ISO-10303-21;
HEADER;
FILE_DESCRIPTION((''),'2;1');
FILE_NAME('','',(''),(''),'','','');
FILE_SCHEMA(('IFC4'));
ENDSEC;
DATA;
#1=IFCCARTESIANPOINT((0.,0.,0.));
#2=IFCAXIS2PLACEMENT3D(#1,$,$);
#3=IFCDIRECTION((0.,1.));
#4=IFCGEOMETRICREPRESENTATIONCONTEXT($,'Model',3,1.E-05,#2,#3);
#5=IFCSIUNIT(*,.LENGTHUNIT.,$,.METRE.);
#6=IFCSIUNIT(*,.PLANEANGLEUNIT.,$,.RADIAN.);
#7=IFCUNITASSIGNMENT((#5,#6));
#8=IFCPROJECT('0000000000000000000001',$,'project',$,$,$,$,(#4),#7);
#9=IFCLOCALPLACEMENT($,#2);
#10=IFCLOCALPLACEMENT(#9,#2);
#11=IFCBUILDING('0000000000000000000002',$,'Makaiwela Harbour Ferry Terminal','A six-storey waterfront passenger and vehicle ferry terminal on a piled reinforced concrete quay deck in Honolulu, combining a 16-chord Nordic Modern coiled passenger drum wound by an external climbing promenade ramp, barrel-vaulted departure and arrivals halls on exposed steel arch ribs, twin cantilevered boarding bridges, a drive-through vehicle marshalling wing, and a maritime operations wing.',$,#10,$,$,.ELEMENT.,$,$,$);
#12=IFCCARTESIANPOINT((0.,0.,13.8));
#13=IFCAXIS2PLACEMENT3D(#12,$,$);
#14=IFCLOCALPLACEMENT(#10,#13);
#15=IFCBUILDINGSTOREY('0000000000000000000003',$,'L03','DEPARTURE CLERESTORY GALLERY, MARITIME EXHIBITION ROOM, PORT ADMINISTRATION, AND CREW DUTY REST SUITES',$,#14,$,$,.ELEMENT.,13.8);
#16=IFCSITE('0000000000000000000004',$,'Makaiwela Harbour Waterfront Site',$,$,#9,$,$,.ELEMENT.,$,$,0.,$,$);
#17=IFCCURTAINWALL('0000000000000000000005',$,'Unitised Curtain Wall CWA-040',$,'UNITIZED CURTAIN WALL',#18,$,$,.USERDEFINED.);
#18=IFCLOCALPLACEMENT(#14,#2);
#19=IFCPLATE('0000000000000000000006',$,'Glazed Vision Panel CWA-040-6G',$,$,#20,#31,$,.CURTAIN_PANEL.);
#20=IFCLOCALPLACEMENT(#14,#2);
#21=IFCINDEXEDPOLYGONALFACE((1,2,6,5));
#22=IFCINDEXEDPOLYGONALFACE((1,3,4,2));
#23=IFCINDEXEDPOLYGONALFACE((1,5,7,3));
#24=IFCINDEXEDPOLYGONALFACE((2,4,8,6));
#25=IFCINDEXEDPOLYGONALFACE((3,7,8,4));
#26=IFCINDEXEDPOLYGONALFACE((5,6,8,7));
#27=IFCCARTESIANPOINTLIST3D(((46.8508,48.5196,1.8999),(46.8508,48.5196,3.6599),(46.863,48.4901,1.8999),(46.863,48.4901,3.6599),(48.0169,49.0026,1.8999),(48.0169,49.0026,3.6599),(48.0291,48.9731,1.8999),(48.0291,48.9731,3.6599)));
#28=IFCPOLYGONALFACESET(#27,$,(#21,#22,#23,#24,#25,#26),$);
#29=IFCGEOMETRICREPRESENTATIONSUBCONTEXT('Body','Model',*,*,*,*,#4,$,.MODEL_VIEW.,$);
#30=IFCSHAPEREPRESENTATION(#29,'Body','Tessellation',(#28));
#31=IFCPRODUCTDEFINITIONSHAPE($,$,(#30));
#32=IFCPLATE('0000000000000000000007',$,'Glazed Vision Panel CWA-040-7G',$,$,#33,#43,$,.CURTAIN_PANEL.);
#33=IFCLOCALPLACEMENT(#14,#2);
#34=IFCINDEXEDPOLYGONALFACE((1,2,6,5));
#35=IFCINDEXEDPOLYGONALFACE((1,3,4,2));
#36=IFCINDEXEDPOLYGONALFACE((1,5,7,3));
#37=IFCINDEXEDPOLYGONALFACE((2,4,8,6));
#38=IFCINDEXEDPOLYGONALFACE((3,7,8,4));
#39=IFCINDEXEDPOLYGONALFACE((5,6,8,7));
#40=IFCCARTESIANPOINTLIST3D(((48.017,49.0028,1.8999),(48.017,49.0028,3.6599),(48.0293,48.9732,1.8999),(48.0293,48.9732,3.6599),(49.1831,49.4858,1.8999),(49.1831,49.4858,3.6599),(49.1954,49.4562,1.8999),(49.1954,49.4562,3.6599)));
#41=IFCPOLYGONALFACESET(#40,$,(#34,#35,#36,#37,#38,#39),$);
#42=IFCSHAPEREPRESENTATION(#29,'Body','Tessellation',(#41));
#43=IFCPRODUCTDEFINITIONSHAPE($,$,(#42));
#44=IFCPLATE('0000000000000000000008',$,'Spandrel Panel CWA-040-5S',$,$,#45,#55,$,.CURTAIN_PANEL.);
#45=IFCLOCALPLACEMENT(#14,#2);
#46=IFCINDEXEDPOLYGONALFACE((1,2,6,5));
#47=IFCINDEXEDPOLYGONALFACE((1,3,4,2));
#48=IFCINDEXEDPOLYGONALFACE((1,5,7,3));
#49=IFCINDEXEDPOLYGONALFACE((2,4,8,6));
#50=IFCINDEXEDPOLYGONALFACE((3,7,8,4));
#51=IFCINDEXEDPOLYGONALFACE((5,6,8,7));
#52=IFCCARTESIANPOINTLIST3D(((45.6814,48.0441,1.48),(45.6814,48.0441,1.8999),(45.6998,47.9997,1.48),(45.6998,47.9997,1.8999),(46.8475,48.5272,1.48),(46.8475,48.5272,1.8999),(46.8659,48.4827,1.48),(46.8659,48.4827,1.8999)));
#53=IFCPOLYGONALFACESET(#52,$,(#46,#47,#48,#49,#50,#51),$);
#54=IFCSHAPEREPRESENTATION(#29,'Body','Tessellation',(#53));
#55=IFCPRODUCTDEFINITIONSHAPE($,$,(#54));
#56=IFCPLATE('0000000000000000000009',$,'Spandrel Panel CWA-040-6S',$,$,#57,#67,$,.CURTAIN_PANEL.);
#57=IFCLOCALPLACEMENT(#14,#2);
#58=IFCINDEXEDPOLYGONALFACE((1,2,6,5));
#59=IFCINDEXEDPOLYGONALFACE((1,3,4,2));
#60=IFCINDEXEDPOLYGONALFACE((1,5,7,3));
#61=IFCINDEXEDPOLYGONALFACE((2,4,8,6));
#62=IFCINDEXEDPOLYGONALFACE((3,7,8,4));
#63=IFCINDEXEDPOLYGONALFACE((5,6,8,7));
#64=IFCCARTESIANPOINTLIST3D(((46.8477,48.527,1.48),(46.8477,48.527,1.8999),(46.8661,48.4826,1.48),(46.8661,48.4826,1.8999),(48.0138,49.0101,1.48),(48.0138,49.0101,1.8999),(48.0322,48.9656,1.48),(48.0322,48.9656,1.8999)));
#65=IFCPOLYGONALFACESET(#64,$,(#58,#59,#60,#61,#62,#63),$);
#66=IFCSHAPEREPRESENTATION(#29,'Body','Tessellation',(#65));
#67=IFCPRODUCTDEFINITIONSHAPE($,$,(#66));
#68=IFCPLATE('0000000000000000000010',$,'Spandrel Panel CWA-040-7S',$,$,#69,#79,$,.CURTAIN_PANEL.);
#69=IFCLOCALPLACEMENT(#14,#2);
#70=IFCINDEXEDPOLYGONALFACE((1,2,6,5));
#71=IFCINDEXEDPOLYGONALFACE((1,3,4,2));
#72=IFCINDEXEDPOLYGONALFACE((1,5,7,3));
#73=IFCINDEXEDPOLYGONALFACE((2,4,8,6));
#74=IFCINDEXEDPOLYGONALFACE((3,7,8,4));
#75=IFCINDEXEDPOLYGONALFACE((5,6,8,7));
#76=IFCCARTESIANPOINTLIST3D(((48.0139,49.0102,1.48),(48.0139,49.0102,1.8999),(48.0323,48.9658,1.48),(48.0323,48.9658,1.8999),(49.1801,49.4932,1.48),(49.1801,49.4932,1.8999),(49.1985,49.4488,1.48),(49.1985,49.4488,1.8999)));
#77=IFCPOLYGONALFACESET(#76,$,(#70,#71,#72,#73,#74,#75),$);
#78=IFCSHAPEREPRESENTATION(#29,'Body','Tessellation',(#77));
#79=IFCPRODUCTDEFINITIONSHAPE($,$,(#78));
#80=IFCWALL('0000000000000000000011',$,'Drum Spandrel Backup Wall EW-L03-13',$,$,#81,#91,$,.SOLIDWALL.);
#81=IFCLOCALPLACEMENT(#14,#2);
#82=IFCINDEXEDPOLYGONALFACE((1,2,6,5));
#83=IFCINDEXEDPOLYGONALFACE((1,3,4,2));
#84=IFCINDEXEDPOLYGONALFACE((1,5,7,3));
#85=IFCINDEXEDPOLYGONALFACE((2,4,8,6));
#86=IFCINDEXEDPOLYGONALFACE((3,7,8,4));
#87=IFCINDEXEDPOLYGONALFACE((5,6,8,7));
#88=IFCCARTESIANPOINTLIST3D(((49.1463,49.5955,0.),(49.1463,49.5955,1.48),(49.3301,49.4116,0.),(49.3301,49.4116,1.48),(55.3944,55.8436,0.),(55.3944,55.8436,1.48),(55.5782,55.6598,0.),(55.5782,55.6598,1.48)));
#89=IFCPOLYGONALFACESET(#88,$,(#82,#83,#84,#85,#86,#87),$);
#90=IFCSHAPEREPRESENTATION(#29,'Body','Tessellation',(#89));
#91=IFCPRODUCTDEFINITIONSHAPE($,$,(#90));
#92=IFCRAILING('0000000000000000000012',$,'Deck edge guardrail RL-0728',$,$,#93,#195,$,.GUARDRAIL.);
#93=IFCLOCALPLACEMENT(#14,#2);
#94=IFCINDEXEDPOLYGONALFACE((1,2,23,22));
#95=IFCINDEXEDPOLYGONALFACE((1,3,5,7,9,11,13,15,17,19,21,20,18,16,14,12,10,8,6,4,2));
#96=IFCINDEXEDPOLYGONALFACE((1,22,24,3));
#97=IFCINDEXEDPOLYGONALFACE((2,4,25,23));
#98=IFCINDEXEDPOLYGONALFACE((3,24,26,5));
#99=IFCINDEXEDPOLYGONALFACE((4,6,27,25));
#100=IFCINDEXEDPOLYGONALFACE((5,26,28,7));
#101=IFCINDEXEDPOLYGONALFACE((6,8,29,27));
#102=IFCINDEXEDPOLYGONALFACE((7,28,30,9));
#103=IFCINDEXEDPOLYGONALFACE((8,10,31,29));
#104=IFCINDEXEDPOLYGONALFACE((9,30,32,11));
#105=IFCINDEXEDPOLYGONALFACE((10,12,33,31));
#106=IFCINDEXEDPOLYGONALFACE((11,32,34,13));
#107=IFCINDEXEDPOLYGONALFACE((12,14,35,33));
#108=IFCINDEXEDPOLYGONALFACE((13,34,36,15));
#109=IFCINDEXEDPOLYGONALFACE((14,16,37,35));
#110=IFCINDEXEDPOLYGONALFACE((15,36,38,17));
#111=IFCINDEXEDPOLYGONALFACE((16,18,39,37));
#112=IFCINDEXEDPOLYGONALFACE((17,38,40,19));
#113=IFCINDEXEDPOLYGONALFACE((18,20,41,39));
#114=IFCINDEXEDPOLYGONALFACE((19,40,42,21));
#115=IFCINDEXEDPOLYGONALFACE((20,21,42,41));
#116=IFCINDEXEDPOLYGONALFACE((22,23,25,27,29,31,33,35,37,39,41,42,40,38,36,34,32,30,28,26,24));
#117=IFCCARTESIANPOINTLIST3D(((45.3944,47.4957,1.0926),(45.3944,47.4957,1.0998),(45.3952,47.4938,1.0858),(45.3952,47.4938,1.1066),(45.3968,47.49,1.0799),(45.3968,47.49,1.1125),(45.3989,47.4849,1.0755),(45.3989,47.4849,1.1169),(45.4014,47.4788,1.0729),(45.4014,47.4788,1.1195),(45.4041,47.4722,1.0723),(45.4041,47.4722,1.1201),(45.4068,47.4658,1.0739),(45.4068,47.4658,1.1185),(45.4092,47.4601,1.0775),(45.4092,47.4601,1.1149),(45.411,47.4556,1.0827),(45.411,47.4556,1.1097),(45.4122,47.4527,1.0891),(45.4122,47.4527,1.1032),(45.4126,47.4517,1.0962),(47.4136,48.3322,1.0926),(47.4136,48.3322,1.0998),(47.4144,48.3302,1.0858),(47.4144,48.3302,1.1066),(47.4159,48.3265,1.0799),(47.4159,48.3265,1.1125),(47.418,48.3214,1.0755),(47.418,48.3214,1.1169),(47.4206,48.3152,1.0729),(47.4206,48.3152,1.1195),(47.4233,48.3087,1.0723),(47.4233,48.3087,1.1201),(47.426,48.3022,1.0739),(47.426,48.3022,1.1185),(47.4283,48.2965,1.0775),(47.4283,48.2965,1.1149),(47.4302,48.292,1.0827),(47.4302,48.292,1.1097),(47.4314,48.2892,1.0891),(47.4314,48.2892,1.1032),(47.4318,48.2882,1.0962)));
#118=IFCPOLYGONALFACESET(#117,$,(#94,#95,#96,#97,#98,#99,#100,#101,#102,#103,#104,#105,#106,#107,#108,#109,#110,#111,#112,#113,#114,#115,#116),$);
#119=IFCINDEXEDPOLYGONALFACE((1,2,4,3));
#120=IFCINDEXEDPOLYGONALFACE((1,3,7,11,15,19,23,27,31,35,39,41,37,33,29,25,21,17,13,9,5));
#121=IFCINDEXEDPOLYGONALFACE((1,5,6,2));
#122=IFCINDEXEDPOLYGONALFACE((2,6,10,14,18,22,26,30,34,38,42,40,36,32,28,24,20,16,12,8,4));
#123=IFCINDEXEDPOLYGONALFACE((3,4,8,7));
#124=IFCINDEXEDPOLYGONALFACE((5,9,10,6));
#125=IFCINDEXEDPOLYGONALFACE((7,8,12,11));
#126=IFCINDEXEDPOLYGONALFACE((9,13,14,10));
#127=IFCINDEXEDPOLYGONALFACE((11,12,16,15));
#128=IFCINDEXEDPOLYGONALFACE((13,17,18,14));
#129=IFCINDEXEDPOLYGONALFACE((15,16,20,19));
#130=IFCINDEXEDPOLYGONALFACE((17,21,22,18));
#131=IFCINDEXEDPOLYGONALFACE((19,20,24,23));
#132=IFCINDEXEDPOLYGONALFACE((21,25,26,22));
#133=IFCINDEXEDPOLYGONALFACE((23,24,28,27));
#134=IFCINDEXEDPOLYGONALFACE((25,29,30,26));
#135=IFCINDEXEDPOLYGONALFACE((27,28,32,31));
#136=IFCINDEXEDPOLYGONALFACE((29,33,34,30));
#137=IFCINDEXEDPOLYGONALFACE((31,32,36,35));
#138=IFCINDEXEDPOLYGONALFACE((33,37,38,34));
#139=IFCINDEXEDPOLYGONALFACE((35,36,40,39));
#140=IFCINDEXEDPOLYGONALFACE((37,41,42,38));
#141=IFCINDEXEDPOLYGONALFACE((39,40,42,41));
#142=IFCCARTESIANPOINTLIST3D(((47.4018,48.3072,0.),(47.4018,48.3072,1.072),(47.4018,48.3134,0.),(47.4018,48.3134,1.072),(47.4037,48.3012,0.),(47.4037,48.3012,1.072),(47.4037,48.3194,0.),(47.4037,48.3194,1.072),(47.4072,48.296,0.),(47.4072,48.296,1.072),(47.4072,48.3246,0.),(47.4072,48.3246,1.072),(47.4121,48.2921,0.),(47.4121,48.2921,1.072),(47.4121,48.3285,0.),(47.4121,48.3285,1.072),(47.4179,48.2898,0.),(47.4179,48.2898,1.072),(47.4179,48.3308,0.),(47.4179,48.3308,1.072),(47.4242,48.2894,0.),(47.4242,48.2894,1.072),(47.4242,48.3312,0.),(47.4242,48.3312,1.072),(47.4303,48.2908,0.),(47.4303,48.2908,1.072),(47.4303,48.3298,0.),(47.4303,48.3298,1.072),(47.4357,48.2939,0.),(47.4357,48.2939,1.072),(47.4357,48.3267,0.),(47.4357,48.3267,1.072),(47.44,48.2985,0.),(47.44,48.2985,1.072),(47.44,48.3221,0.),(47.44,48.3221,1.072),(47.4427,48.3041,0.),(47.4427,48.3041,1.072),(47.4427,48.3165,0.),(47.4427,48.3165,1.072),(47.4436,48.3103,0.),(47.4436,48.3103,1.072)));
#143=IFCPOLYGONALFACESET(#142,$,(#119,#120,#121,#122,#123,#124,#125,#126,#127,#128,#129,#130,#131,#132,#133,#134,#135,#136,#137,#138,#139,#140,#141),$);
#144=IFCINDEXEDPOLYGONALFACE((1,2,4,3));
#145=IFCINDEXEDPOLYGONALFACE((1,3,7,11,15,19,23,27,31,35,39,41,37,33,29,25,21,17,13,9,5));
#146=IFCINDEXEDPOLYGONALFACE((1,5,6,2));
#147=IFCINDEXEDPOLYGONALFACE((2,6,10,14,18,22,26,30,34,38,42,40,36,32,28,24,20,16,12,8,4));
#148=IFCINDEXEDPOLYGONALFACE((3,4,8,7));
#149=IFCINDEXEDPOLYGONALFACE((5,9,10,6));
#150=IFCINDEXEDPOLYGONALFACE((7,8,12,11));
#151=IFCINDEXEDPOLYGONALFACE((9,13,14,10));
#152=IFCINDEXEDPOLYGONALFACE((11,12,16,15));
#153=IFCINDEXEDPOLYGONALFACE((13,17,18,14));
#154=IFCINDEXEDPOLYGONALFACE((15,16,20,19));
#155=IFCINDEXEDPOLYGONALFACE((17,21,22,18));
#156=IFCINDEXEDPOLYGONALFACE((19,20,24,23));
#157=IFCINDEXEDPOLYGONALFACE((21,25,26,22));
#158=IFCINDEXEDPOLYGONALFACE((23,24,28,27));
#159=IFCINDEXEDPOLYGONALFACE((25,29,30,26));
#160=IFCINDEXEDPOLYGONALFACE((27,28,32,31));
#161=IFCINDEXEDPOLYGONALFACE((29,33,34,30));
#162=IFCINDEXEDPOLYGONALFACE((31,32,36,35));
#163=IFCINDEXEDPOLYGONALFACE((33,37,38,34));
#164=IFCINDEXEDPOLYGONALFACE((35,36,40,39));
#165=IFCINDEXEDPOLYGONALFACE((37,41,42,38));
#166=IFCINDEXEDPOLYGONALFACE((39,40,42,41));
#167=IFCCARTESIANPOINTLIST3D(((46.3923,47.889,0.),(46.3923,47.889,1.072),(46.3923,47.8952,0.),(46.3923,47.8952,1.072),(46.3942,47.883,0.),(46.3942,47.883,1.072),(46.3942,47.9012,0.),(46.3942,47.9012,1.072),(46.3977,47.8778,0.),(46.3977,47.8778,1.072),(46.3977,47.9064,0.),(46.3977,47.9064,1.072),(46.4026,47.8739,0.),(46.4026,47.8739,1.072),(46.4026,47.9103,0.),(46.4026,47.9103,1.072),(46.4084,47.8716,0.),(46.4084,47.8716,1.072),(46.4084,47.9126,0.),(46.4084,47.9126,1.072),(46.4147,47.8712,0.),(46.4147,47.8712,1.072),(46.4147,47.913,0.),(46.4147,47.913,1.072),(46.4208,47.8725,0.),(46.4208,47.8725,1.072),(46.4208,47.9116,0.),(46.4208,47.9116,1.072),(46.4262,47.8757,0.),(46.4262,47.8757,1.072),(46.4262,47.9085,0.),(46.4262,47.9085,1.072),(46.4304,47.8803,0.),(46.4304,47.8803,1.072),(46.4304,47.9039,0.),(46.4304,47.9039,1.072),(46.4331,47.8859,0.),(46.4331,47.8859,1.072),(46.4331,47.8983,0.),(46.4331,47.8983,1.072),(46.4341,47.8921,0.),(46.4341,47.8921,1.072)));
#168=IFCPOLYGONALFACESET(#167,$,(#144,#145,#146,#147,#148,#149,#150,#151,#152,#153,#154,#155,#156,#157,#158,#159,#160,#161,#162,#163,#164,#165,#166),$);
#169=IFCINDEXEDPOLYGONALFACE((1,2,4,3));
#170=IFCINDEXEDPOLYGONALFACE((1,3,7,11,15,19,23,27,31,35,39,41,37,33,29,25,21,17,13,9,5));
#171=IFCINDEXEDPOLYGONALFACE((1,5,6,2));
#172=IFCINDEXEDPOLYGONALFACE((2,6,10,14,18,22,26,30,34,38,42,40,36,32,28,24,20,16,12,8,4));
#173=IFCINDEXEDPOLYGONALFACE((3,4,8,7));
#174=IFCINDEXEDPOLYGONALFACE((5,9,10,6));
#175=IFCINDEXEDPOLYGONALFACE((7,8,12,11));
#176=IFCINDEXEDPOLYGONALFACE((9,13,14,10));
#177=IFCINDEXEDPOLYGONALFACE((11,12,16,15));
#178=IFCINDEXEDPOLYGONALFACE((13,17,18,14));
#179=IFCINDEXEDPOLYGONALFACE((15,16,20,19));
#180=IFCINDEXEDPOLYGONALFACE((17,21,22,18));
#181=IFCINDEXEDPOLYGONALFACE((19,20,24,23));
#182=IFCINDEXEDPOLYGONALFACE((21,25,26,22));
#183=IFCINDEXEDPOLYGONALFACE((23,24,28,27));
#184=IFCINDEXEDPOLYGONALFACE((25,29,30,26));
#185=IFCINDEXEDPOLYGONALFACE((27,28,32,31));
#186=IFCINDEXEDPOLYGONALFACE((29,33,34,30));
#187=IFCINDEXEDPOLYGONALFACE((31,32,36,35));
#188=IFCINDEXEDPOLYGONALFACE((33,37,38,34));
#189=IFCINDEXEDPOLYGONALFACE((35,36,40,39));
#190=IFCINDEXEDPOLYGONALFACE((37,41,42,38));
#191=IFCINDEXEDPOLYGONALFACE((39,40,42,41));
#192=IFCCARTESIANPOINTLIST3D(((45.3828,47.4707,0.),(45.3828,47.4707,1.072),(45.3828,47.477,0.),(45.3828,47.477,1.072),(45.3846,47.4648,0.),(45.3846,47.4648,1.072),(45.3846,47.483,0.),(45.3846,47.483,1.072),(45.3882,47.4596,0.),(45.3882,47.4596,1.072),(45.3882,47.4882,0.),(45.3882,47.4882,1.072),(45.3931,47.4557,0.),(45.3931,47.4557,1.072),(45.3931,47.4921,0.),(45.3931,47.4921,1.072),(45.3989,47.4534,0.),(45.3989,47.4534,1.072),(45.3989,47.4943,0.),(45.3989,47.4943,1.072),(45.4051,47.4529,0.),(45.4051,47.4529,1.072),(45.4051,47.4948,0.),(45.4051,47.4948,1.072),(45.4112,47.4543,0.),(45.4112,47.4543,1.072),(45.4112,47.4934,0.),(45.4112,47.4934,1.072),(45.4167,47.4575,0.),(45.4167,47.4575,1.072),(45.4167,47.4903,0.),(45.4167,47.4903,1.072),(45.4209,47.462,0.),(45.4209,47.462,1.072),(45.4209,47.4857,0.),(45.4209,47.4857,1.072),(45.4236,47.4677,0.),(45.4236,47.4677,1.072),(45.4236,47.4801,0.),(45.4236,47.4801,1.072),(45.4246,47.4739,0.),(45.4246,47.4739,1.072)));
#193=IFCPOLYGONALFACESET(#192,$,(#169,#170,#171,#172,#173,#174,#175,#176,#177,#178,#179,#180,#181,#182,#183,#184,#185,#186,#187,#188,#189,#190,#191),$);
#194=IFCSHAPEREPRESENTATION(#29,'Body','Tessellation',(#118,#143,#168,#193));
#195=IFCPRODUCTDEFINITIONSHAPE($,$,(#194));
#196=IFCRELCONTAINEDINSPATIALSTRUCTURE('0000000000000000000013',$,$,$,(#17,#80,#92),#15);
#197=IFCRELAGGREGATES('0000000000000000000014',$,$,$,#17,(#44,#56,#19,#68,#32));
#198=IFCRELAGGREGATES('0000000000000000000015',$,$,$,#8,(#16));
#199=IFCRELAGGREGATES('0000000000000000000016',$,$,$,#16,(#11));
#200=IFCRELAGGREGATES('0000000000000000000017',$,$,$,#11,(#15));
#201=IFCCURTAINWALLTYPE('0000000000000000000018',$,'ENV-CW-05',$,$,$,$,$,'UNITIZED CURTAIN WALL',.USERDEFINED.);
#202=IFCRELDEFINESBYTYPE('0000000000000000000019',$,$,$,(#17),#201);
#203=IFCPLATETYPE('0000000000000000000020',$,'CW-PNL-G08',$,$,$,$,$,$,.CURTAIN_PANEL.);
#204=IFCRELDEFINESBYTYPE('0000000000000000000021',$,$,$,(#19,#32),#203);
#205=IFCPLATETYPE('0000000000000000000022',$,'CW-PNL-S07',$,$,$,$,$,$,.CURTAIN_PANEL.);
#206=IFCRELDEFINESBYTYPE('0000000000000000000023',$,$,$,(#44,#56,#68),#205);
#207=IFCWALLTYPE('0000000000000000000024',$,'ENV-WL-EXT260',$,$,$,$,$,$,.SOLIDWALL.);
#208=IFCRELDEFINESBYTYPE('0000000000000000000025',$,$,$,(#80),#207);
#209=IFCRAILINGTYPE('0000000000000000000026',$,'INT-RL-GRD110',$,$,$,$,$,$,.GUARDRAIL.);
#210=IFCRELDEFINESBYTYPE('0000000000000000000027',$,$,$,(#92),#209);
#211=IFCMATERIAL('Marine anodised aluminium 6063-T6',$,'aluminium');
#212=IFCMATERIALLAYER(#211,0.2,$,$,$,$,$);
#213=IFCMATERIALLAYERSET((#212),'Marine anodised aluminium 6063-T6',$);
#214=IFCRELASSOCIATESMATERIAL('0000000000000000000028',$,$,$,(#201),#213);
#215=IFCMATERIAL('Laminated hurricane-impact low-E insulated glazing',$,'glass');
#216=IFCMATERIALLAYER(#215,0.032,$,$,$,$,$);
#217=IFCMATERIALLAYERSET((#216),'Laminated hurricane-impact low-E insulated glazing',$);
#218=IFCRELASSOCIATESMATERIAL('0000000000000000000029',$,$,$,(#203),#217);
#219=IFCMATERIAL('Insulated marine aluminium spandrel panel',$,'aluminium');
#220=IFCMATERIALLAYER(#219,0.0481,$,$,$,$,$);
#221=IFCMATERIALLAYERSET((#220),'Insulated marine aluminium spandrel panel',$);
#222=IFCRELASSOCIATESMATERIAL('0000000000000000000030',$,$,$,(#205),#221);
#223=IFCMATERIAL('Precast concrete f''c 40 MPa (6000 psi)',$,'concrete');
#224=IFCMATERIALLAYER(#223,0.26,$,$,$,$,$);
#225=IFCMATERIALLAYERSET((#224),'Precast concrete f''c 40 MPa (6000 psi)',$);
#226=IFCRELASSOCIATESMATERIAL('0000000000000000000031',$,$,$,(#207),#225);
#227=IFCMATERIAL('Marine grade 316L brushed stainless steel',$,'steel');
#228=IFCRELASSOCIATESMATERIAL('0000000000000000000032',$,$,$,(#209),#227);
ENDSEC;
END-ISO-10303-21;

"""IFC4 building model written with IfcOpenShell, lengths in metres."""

from ifc_helpers import new_model, si_unit, direction, frame, frame_2d, origin, origin_2d, place, context, subcontext, project, spatial, rectangle, circle, extrude, material, layer, layer_set, type_object, element, aggregate, save


model = new_model("IFC4")

# Units and contexts
model_context = context("Model", 3, precision=1e-05, world=origin(), true_north=direction((0.0, 1.0)))
body_context = subcontext(model_context, "Body", "Model", "MODEL_VIEW")
ifc_project = project(units=[si_unit("LENGTHUNIT", "METRE"), si_unit("PLANEANGLEUNIT", "RADIAN")], contexts=[model_context])

# Site, building, storey
site_placement = place(None, origin())
site = spatial("IfcSite", under=ifc_project, at=site_placement, Name="Makaiwela Harbour Waterfront Site", CompositionType="ELEMENT", RefElevation=0.0)
building_placement = place(site_placement, origin())
building = spatial("IfcBuilding", under=site, at=building_placement, Name="Makaiwela Harbour Ferry Terminal", Description="A six-storey waterfront passenger and vehicle ferry terminal on a piled reinforced concrete quay deck in Honolulu, combining a 16-chord Nordic Modern coiled passenger drum wound by an external climbing promenade ramp, barrel-vaulted departure and arrivals halls on exposed steel arch ribs, twin cantilevered boarding bridges, a drive-through vehicle marshalling wing, and a maritime operations wing.", CompositionType="ELEMENT")
storey_placement = place(building_placement, frame((0.0, 0.0, 13.8)))
storey = spatial("IfcBuildingStorey", under=building, at=storey_placement, Name="L03", Description="DEPARTURE CLERESTORY GALLERY, MARITIME EXHIBITION ROOM, PORT ADMINISTRATION, AND CREW DUTY REST SUITES", CompositionType="ELEMENT", Elevation=13.8)

# Curtain wall
ifc_material_1 = material(Name="Marine anodised aluminium 6063-T6", Category="aluminium")
ifc_layer_1 = layer(ifc_material_1, 0.2)
ifc_layer_set_1 = layer_set([ifc_layer_1], Name="Marine anodised aluminium 6063-T6")
curtain_wall_type = type_object("IfcCurtainWallType", Name="ENV-CW-05", ElementType="UNITIZED CURTAIN WALL", PredefinedType="USERDEFINED", material=ifc_layer_set_1)
curtain_wall_1_placement = place(storey_placement, origin())
curtain_wall_1 = element("IfcCurtainWall", 1, at=curtain_wall_1_placement, inside=storey, type_object=curtain_wall_type, Name="Unitised Curtain Wall CWA-040", ObjectType="UNITIZED CURTAIN WALL", PredefinedType="USERDEFINED")

# Plates
ifc_material_2 = material(Name="Laminated hurricane-impact low-E insulated glazing", Category="glass")
ifc_layer_2 = layer(ifc_material_2, 0.032)
ifc_layer_set_2 = layer_set([ifc_layer_2], Name="Laminated hurricane-impact low-E insulated glazing")
plate_type_1 = type_object("IfcPlateType", Name="CW-PNL-G08", PredefinedType="CURTAIN_PANEL", material=ifc_layer_set_2)
plate_1_placement = place(storey_placement, frame((47.4399, 48.7463, 1.8999), z_axis=(0.0, 0.0, 1.0), x_axis=(0.92388, 0.382683, 0.0)))
plate_1 = element("IfcPlate", 2, at=plate_1_placement, type_object=plate_type_1, Name="Glazed Vision Panel CWA-040-6G", PredefinedType="CURTAIN_PANEL", context=body_context, shape_type="SweptSolid", body=[
    extrude(rectangle(XDim=1.2622, YDim=0.032, at=origin_2d()), origin(), (0.0, 0.0, 1.0), 1.76),
])
plate_2_placement = place(storey_placement, frame((48.6062, 49.2295, 1.8999), z_axis=(0.0, 0.0, 1.0), x_axis=(0.92388, 0.382683, 0.0)))
plate_2 = element("IfcPlate", 3, at=plate_2_placement, type_object=plate_type_1, Name="Glazed Vision Panel CWA-040-7G", PredefinedType="CURTAIN_PANEL", context=body_context, shape_type="SweptSolid", body=[
    extrude(rectangle(XDim=1.2622, YDim=0.032, at=origin_2d()), origin(), (0.0, 0.0, 1.0), 1.76),
])
ifc_material_3 = material(Name="Insulated marine aluminium spandrel panel", Category="aluminium")
ifc_layer_3 = layer(ifc_material_3, 0.0481)
ifc_layer_set_3 = layer_set([ifc_layer_3], Name="Insulated marine aluminium spandrel panel")
plate_type_2 = type_object("IfcPlateType", Name="CW-PNL-S07", PredefinedType="CURTAIN_PANEL", material=ifc_layer_set_3)
plate_3_placement = place(storey_placement, frame((46.2737, 48.2634, 1.48), z_axis=(0.0, 0.0, 1.0), x_axis=(0.92388, 0.382683, 0.0)))
plate_3 = element("IfcPlate", 4, at=plate_3_placement, type_object=plate_type_2, Name="Spandrel Panel CWA-040-5S", PredefinedType="CURTAIN_PANEL", context=body_context, shape_type="SweptSolid", body=[
    extrude(rectangle(XDim=1.2622, YDim=0.0481, at=origin_2d()), origin(), (0.0, 0.0, 1.0), 0.4199),
])
plate_4_placement = place(storey_placement, frame((47.4399, 48.7463, 1.48), z_axis=(0.0, 0.0, 1.0), x_axis=(0.92388, 0.382683, 0.0)))
plate_4 = element("IfcPlate", 5, at=plate_4_placement, type_object=plate_type_2, Name="Spandrel Panel CWA-040-6S", PredefinedType="CURTAIN_PANEL", context=body_context, shape_type="SweptSolid", body=[
    extrude(rectangle(XDim=1.2622, YDim=0.0481, at=origin_2d()), origin(), (0.0, 0.0, 1.0), 0.4199),
])
plate_5_placement = place(storey_placement, frame((48.6062, 49.2295, 1.48), z_axis=(0.0, 0.0, 1.0), x_axis=(0.92388, 0.382683, 0.0)))
plate_5 = element("IfcPlate", 6, at=plate_5_placement, type_object=plate_type_2, Name="Spandrel Panel CWA-040-7S", PredefinedType="CURTAIN_PANEL", context=body_context, shape_type="SweptSolid", body=[
    extrude(rectangle(XDim=1.2622, YDim=0.0481, at=origin_2d()), origin(), (0.0, 0.0, 1.0), 0.4199),
])
aggregate(curtain_wall_1, [plate_3, plate_4, plate_1, plate_5, plate_2])

# Wall
ifc_material_4 = material(Name="Precast concrete f'c 40 MPa (6000 psi)", Category="concrete")
ifc_layer_4 = layer(ifc_material_4, 0.26)
ifc_layer_set_4 = layer_set([ifc_layer_4], Name="Precast concrete f'c 40 MPa (6000 psi)")
wall_type = type_object("IfcWallType", Name="ENV-WL-EXT260", PredefinedType="SOLIDWALL", material=ifc_layer_set_4)
wall_placement = place(storey_placement, frame((49.2383, 49.5037, 0.0), z_axis=(0.0, 0.0, 1.0), x_axis=(0.707107, 0.707107, 0.0)))
element("IfcWall", 7, at=wall_placement, inside=storey, type_object=wall_type, Name="Drum Spandrel Backup Wall EW-L03-13", PredefinedType="SOLIDWALL", context=body_context, shape_type="SweptSolid", body=[
    extrude(rectangle(XDim=8.8362, YDim=0.26, at=frame_2d((4.418, 0.0))), origin(), (0.0, 0.0, 1.0), 1.48),
])

# Railing
ifc_material_5 = material(Name="Marine grade 316L brushed stainless steel", Category="steel")
railing_type = type_object("IfcRailingType", Name="INT-RL-GRD110", PredefinedType="GUARDRAIL", material=ifc_material_5)
railing_placement = place(storey_placement, frame((47.4226, 48.3103, 0.0)))
element("IfcRailing", 8, at=railing_placement, inside=storey, type_object=railing_type, Name="Deck edge guardrail RL-0728", PredefinedType="GUARDRAIL", context=body_context, shape_type="SweptSolid", body=[
    extrude(circle(Radius=0.0239, at=origin_2d()), frame((0.0, 0.0, 1.0962), z_axis=(-0.923862, -0.382727, 0.0), x_axis=(0.382727, -0.923862, 0.0)), (0.0, 0.0, 1.0), 2.1855),
    extrude(circle(Radius=0.021, at=origin_2d()), origin(), (0.0, 0.0, 1.0), 1.072),
    extrude(circle(Radius=0.021, at=origin_2d()), frame((-1.0095, -0.4182, 0.0)), (0.0, 0.0, 1.0), 1.072),
    extrude(circle(Radius=0.021, at=origin_2d()), frame((-2.019, -0.8364, 0.0)), (0.0, 0.0, 1.0), 1.072),
])

save(model, "model.ifc")
